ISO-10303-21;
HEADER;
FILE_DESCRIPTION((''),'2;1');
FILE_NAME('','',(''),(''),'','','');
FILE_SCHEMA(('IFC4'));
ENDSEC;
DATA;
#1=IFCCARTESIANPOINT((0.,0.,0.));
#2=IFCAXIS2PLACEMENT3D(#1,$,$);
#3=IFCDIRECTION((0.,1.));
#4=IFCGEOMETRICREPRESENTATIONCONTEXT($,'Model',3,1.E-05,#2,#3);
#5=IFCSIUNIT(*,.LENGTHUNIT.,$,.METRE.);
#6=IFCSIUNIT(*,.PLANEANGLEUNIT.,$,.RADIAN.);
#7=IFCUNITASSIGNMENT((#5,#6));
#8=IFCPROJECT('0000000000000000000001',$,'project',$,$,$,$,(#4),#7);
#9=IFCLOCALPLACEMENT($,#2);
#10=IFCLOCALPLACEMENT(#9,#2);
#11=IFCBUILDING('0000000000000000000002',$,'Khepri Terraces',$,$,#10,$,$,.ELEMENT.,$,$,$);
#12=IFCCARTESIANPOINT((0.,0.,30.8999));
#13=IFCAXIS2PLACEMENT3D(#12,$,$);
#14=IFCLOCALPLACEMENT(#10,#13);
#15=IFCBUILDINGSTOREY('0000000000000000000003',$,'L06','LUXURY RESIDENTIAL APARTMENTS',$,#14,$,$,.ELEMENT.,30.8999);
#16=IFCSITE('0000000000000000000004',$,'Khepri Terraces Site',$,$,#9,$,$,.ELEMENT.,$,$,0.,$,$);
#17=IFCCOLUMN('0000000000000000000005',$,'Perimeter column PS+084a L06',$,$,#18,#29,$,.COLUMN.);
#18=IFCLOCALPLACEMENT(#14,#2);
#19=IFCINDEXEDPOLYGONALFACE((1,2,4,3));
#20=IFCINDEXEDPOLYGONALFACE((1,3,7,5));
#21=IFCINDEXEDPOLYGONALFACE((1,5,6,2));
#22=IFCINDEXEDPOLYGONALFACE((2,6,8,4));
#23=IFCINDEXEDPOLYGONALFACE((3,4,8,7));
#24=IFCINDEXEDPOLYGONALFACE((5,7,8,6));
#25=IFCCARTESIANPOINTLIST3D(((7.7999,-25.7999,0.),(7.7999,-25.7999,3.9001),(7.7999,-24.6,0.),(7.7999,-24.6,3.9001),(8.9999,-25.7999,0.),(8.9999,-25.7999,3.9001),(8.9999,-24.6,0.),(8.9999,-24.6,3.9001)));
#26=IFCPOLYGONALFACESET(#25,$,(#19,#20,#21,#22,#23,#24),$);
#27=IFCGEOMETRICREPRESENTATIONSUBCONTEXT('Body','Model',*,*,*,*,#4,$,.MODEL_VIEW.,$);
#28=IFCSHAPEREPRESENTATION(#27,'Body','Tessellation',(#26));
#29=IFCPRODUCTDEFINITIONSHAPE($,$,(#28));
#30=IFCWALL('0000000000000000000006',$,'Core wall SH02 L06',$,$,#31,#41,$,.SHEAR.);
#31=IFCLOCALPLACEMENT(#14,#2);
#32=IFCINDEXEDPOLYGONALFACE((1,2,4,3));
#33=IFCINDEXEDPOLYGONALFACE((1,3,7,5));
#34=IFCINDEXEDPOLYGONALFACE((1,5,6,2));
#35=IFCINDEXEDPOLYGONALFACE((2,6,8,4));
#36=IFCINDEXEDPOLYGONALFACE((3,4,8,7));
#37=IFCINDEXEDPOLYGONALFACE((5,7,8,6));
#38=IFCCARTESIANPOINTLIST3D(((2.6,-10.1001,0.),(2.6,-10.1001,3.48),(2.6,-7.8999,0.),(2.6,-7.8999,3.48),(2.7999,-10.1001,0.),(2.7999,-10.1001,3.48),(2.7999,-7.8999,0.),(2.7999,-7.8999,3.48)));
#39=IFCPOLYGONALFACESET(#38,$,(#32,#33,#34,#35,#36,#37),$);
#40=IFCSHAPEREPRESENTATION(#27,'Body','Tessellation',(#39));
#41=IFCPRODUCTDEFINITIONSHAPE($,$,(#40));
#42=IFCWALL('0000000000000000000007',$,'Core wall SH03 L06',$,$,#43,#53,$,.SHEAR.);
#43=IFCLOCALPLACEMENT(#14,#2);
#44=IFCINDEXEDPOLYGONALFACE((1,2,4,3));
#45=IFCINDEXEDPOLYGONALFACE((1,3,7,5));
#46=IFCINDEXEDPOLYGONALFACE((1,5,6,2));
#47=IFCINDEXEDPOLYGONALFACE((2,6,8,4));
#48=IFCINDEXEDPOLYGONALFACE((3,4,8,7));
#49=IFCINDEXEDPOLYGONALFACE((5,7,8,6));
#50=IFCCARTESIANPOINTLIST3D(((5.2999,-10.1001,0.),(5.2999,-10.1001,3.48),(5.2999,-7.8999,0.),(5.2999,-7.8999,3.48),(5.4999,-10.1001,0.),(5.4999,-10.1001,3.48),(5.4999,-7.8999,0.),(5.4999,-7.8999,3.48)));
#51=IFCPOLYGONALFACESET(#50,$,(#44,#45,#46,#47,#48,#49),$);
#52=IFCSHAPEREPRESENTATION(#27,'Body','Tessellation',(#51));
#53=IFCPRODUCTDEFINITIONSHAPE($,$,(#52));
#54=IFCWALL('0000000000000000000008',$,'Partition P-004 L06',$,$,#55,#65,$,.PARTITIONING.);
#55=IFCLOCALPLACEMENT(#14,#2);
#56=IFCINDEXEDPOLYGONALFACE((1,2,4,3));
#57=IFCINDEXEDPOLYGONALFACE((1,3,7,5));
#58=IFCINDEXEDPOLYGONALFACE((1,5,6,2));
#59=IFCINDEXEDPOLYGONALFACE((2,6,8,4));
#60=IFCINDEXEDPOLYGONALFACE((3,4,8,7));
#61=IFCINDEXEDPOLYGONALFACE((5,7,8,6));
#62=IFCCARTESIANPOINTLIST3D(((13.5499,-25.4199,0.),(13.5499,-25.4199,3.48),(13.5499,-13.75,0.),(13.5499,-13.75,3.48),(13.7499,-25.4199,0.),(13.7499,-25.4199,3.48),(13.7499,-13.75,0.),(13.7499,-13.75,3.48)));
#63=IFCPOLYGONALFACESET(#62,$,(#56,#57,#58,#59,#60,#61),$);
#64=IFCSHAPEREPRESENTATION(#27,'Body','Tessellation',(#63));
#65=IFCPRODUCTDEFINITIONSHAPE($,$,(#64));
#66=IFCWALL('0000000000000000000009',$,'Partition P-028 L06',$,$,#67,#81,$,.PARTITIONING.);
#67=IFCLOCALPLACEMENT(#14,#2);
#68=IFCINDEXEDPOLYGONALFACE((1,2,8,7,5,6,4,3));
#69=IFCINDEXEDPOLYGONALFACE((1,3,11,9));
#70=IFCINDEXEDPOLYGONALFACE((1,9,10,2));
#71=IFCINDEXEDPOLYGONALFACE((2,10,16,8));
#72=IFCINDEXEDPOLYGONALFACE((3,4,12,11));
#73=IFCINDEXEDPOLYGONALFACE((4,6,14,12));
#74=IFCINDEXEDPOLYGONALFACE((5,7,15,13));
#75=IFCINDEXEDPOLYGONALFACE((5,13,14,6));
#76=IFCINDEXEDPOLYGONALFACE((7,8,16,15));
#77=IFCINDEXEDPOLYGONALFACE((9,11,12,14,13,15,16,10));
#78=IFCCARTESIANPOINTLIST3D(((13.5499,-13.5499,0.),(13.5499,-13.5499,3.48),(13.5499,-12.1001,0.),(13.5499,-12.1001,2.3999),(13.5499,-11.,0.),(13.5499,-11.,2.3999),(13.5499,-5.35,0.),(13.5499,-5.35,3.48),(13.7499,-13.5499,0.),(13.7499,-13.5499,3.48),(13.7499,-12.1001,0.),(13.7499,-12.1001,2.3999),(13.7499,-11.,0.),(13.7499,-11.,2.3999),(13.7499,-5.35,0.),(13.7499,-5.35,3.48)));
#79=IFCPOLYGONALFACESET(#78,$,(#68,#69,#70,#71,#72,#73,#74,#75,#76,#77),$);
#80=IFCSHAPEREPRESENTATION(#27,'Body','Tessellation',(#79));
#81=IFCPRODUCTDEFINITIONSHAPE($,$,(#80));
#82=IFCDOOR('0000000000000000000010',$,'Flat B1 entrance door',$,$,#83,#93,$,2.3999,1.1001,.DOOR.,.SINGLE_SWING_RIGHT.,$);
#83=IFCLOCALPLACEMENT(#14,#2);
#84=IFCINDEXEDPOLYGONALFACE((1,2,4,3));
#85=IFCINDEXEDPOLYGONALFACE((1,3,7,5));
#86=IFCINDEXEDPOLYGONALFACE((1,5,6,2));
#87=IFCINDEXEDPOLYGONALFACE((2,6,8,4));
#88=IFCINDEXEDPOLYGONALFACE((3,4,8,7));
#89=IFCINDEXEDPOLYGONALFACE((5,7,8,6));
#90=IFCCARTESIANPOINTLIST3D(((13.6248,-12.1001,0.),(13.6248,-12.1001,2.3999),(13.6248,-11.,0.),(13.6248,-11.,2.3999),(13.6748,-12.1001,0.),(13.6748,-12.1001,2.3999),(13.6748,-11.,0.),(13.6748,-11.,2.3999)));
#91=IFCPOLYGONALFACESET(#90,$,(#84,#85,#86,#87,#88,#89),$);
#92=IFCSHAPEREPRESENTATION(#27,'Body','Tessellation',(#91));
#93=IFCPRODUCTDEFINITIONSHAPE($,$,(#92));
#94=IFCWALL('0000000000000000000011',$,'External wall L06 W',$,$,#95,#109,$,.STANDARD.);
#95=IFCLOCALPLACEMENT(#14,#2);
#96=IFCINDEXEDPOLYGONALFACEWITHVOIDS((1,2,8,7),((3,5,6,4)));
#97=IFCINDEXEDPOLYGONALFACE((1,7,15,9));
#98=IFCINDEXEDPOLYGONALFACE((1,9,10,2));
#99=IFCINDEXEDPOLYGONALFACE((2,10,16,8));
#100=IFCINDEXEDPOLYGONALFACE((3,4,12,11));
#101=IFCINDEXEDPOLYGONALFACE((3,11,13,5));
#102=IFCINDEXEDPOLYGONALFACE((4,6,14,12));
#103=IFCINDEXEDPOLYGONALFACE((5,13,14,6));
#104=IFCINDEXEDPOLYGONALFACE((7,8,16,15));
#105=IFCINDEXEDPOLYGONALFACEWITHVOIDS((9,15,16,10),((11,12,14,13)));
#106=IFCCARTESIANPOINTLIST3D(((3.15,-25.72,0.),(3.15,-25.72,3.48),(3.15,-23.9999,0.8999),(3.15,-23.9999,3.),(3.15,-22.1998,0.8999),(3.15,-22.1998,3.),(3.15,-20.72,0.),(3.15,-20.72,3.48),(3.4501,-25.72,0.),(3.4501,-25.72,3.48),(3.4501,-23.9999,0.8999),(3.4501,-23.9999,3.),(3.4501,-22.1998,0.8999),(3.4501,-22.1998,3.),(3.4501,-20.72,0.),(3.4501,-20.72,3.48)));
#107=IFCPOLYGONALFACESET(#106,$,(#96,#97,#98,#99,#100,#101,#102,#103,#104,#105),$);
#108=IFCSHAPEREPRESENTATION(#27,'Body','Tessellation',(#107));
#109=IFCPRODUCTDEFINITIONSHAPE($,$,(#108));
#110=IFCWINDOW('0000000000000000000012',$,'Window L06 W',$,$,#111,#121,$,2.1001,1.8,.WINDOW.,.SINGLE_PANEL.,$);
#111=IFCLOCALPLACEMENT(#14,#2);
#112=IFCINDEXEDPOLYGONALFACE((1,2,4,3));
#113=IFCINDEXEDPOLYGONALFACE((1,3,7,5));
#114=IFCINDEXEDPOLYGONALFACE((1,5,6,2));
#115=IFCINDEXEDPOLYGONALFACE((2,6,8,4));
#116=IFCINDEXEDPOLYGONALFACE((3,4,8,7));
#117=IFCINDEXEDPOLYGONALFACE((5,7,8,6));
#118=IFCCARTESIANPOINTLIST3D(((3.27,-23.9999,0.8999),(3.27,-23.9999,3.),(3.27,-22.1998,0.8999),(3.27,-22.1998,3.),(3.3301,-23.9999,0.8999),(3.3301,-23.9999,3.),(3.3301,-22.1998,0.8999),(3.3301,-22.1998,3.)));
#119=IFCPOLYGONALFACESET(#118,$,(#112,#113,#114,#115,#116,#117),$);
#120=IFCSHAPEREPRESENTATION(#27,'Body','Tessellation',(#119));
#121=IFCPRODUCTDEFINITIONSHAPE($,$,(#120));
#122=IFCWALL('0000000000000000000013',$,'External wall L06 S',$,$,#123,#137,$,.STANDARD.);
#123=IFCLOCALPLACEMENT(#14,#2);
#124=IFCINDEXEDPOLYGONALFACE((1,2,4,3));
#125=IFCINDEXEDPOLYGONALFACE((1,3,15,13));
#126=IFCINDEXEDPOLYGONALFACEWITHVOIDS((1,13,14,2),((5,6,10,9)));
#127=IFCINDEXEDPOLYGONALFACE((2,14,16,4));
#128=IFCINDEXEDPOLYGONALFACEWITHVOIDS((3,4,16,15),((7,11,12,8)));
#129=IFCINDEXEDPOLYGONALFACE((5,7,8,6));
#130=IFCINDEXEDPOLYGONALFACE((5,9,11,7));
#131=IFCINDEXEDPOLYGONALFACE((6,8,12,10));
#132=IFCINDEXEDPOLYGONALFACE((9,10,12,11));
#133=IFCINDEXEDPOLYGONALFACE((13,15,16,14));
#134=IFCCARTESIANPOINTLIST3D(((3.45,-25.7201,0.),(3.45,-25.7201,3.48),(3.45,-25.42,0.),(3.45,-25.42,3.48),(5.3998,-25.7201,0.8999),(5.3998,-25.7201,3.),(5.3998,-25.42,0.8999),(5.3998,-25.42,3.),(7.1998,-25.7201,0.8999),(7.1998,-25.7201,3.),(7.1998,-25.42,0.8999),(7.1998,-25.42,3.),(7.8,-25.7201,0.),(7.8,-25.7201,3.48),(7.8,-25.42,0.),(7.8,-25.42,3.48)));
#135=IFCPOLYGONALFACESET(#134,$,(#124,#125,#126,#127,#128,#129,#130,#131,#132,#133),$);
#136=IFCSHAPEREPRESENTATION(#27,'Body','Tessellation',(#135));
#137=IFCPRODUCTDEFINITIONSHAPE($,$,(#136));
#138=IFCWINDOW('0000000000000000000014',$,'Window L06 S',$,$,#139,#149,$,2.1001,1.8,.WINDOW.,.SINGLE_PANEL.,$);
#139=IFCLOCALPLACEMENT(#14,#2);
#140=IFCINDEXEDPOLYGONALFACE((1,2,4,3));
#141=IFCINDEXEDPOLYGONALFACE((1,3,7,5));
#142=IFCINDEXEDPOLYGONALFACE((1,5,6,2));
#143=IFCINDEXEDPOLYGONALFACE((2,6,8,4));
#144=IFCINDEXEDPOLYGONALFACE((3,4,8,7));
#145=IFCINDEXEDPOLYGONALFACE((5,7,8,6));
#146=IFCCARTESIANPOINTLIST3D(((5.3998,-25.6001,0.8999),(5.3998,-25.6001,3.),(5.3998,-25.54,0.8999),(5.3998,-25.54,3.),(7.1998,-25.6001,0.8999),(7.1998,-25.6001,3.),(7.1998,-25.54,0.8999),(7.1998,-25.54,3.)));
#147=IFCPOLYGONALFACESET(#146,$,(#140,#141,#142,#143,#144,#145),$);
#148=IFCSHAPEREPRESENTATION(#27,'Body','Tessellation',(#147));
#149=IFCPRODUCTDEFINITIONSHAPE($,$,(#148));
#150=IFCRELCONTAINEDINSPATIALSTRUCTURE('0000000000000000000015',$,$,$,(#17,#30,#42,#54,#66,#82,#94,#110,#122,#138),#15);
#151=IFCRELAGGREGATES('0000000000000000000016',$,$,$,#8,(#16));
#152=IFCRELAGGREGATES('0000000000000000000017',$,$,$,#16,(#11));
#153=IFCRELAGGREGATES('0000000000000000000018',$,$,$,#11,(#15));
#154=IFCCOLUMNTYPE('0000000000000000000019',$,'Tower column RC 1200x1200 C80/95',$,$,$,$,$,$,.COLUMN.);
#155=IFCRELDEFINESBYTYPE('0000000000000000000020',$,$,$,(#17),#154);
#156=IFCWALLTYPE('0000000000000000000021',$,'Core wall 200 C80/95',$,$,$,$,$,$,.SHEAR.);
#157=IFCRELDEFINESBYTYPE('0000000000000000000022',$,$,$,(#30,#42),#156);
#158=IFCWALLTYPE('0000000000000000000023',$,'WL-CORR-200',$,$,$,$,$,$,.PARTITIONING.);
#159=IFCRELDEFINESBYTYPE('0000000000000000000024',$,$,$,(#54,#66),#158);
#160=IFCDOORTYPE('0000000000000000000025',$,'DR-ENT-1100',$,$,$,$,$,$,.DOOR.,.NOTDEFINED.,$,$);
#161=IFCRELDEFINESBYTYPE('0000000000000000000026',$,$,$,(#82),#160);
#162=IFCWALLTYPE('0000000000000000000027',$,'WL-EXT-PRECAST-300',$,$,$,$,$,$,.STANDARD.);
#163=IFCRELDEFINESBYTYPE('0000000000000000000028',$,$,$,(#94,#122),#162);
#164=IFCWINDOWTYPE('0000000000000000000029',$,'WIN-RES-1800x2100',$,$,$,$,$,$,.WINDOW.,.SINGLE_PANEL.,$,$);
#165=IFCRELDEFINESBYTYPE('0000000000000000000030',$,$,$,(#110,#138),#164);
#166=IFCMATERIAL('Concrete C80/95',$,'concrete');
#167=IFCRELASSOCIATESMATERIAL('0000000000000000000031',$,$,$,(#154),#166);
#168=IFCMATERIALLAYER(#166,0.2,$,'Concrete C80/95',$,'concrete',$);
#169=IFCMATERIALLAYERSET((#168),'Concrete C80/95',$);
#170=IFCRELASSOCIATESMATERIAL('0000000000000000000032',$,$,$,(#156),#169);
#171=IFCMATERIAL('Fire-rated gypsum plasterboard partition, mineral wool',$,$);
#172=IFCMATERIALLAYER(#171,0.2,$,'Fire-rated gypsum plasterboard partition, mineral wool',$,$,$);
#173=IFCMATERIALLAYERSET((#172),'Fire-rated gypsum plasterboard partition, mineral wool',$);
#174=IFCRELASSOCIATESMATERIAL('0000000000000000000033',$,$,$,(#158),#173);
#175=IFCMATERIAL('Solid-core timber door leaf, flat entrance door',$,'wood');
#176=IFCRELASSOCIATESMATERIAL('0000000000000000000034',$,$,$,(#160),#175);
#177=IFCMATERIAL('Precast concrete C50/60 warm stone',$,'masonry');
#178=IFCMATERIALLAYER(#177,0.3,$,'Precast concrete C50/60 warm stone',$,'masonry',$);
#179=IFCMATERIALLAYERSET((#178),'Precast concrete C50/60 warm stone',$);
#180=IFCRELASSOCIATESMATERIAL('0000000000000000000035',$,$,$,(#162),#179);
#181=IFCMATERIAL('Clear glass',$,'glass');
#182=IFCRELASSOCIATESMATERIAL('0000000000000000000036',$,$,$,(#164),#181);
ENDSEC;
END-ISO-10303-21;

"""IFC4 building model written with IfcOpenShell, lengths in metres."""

from ifc_helpers import new_model, si_unit, direction, frame, frame_2d, origin, origin_2d, place, context, subcontext, project, spatial, rectangle, extrude, material, layer, layer_set, material_profile, profile_set, type_object, element, fill, save


model = new_model("IFC4")

# Units and contexts
model_context = context("Model", 3, precision=1e-05, world=origin(), true_north=direction((0.0, 1.0)))
body_context = subcontext(model_context, "Body", "Model", "MODEL_VIEW")
ifc_project = project(units=[si_unit("LENGTHUNIT", "METRE"), si_unit("PLANEANGLEUNIT", "RADIAN")], contexts=[model_context])

# Site, building, storey
site_placement = place(None, origin())
site = spatial("IfcSite", under=ifc_project, at=site_placement, Name="Khepri Terraces Site", CompositionType="ELEMENT", RefElevation=0.0)
building_placement = place(site_placement, origin())
building = spatial("IfcBuilding", under=site, at=building_placement, Name="Khepri Terraces", CompositionType="ELEMENT")
storey_placement = place(building_placement, frame((0.0, 0.0, 30.8999)))
storey = spatial("IfcBuildingStorey", under=building, at=storey_placement, Name="L06", Description="LUXURY RESIDENTIAL APARTMENTS", CompositionType="ELEMENT", Elevation=30.8999)

# Column
ifc_material_1 = material(Name="Concrete C80/95", Category="concrete")
ifc_material_profile = material_profile(ifc_material_1, rectangle(XDim=1.2, YDim=1.2, at=origin_2d()), Name="Concrete C80/95", Category="concrete")
ifc_profile_set = profile_set([ifc_material_profile], Name="Concrete C80/95")
column_type = type_object("IfcColumnType", Name="Tower column RC 1200x1200 C80/95", PredefinedType="COLUMN", material=ifc_profile_set)
column_placement = place(storey_placement, frame((8.3999, -25.2, 0.0), z_axis=(0.0, 0.0, 1.0), x_axis=(1.0, 0.0, 0.0)))
element("IfcColumn", 1, at=column_placement, inside=storey, type_object=column_type, Name="Perimeter column PS+084a L06", PredefinedType="COLUMN", context=body_context, shape_type="SweptSolid", body=[
    extrude(rectangle(XDim=1.2, YDim=1.2, at=origin_2d()), origin(), (0.0, 0.0, 1.0), 3.9001),
])

# Walls
ifc_layer_1 = layer(ifc_material_1, 0.2, Name="Concrete C80/95", Category="concrete")
ifc_layer_set_1 = layer_set([ifc_layer_1], Name="Concrete C80/95")
wall_type_1 = type_object("IfcWallType", Name="Core wall 200 C80/95", PredefinedType="SHEAR", material=ifc_layer_set_1)
for number, where, z_axis, x_axis, name in (
    (2, (2.7, -10.1001, 0.0), (0.0, 0.0, 1.0), (0.0, 1.0, 0.0), "Core wall SH02 L06"),
    (3, (5.3999, -10.1001, 0.0), (0.0, 0.0, 1.0), (0.0, 1.0, 0.0), "Core wall SH03 L06"),
):
    element("IfcWall", number, at=place(storey_placement, frame(where, z_axis=z_axis, x_axis=x_axis)), inside=storey, type_object=wall_type_1, Name=name, PredefinedType="SHEAR", context=body_context, shape_type="SweptSolid", body=[
        extrude(rectangle(XDim=2.2002, YDim=0.2, at=frame_2d((1.1001, 0.0))), origin(), (0.0, 0.0, 1.0), 3.48),
    ])
ifc_material_2 = material(Name="Fire-rated gypsum plasterboard partition, mineral wool")
ifc_layer_2 = layer(ifc_material_2, 0.2, Name="Fire-rated gypsum plasterboard partition, mineral wool")
ifc_layer_set_2 = layer_set([ifc_layer_2], Name="Fire-rated gypsum plasterboard partition, mineral wool")
wall_type_2 = type_object("IfcWallType", Name="WL-CORR-200", PredefinedType="PARTITIONING", material=ifc_layer_set_2)
wall_1_placement = place(storey_placement, frame((13.6499, -25.4199, 0.0), z_axis=(0.0, 0.0, 1.0), x_axis=(0.0, 1.0, 0.0)))
element("IfcWall", 4, at=wall_1_placement, inside=storey, type_object=wall_type_2, Name="Partition P-004 L06", PredefinedType="PARTITIONING", context=body_context, shape_type="SweptSolid", body=[
    extrude(rectangle(XDim=11.6699, YDim=0.2, at=frame_2d((5.835, 0.0))), origin(), (0.0, 0.0, 1.0), 3.48),
])

# Wall, opening, door
wall_2_placement = place(storey_placement, frame((13.6499, -13.55, 0.0), z_axis=(0.0, 0.0, 1.0), x_axis=(0.0, 1.0, 0.0)))
wall_2 = element("IfcWall", 5, at=wall_2_placement, inside=storey, type_object=wall_type_2, Name="Partition P-028 L06", PredefinedType="PARTITIONING", context=body_context, shape_type="SweptSolid", body=[
    extrude(rectangle(XDim=8.2, YDim=0.2, at=frame_2d((4.1001, 0.0))), origin(), (0.0, 0.0, 1.0), 3.48),
])
opening_1_placement = place(wall_2_placement, frame((1.45, 0.0, 0.0)))
opening_1 = element("IfcOpeningElement", 6, at=opening_1_placement, cuts=wall_2, PredefinedType="OPENING", context=body_context, shape_type="SweptSolid", body=[
    extrude(rectangle(XDim=1.1001, YDim=2.3999, at=frame_2d((0.55, 1.2))), frame((0.0, 0.1099, 0.0), z_axis=(0.0, -1.0, 0.0), x_axis=(1.0, 0.0, 0.0)), (0.0, 0.0, 1.0), 0.22),
])
ifc_material_3 = material(Name="Solid-core timber door leaf, flat entrance door", Category="wood")
door_type_1 = type_object("IfcDoorType", Name="DR-ENT-1100", OperationType="NOTDEFINED", PredefinedType="DOOR", material=ifc_material_3)
door_1_placement = place(opening_1_placement, frame((1.1001, 0.0, 0.0), z_axis=(0.0, 0.0, 1.0), x_axis=(-1.0, 0.0, 0.0)))
door_1 = element("IfcDoor", 7, at=door_1_placement, inside=storey, type_object=door_type_1, Name="Flat B1 entrance door", OperationType="SINGLE_SWING_RIGHT", OverallHeight=2.3999, OverallWidth=1.1001, PredefinedType="DOOR", context=body_context, shape_type="SweptSolid", body=[
    extrude(rectangle(XDim=1.1001, YDim=2.3999, at=frame_2d((0.55, 1.2))), frame((0.0, 0.0249, 0.0), z_axis=(0.0, -1.0, 0.0), x_axis=(1.0, 0.0, 0.0)), (0.0, 0.0, 1.0), 0.05),
])
fill(opening_1, door_1)

# Walls, openings, windows
ifc_material_4 = material(Name="Precast concrete C50/60 warm stone", Category="masonry")
ifc_layer_3 = layer(ifc_material_4, 0.3, Name="Precast concrete C50/60 warm stone", Category="masonry")
ifc_layer_set_3 = layer_set([ifc_layer_3], Name="Precast concrete C50/60 warm stone")
wall_type_3 = type_object("IfcWallType", Name="WL-EXT-PRECAST-300", PredefinedType="STANDARD", material=ifc_layer_set_3)
wall_3_placement = place(storey_placement, frame((3.3, -20.72, 0.0), z_axis=(0.0, 0.0, 1.0), x_axis=(0.0, -1.0, 0.0)))
wall_3 = element("IfcWall", 8, at=wall_3_placement, inside=storey, type_object=wall_type_3, Name="External wall L06 W", PredefinedType="STANDARD", context=body_context, shape_type="SweptSolid", body=[
    extrude(rectangle(XDim=5.0, YDim=0.3, at=frame_2d((2.5, 0.0))), origin(), (0.0, 0.0, 1.0), 3.48),
])
opening_2_placement = place(wall_3_placement, frame((1.48, 0.0, 0.8999)))
opening_2 = element("IfcOpeningElement", 9, at=opening_2_placement, cuts=wall_3, PredefinedType="OPENING", context=body_context, shape_type="SweptSolid", body=[
    extrude(rectangle(XDim=1.8, YDim=2.1001, at=frame_2d((0.8999, 1.05))), frame((0.0, 0.1602, 0.0), z_axis=(0.0, -1.0, 0.0), x_axis=(1.0, 0.0, 0.0)), (0.0, 0.0, 1.0), 0.3201),
])
ifc_material_5 = material(Name="Clear glass", Category="glass")
window_type_1 = type_object("IfcWindowType", Name="WIN-RES-1800x2100", PartitioningType="SINGLE_PANEL", PredefinedType="WINDOW", material=ifc_material_5)
window_1_placement = place(opening_2_placement, origin())
window_1 = element("IfcWindow", 10, at=window_1_placement, inside=storey, type_object=window_type_1, Name="Window L06 W", OverallHeight=2.1001, OverallWidth=1.8, PartitioningType="SINGLE_PANEL", PredefinedType="WINDOW", context=body_context, shape_type="SweptSolid", body=[
    extrude(rectangle(XDim=1.8, YDim=2.1001, at=frame_2d((0.8999, 1.05))), frame((0.0, 0.03, 0.0), z_axis=(0.0, -1.0, 0.0), x_axis=(1.0, 0.0, 0.0)), (0.0, 0.0, 1.0), 0.0601),
])
fill(opening_2, window_1)
wall_4_placement = place(storey_placement, frame((3.45, -25.5701, 0.0), z_axis=(0.0, 0.0, 1.0), x_axis=(1.0, 0.0, 0.0)))
wall_4 = element("IfcWall", 11, at=wall_4_placement, inside=storey, type_object=wall_type_3, Name="External wall L06 S", PredefinedType="STANDARD", context=body_context, shape_type="SweptSolid", body=[
    extrude(rectangle(XDim=4.3501, YDim=0.3, at=frame_2d((2.175, 0.0))), origin(), (0.0, 0.0, 1.0), 3.48),
])
opening_3_placement = place(wall_4_placement, frame((1.95, 0.0, 0.8999)))
opening_3 = element("IfcOpeningElement", 12, at=opening_3_placement, cuts=wall_4, PredefinedType="OPENING", context=body_context, shape_type="SweptSolid", body=[
    extrude(rectangle(XDim=1.8, YDim=2.1001, at=frame_2d((0.8999, 1.05))), frame((0.0, 0.1602, 0.0), z_axis=(0.0, -1.0, 0.0), x_axis=(1.0, 0.0, 0.0)), (0.0, 0.0, 1.0), 0.3201),
])
window_2_placement = place(opening_3_placement, origin())
window_2 = element("IfcWindow", 13, at=window_2_placement, inside=storey, type_object=window_type_1, Name="Window L06 S", OverallHeight=2.1001, OverallWidth=1.8, PartitioningType="SINGLE_PANEL", PredefinedType="WINDOW", context=body_context, shape_type="SweptSolid", body=[
    extrude(rectangle(XDim=1.8, YDim=2.1001, at=frame_2d((0.8999, 1.05))), frame((0.0, 0.03, 0.0), z_axis=(0.0, -1.0, 0.0), x_axis=(1.0, 0.0, 0.0)), (0.0, 0.0, 1.0), 0.0601),
])
fill(opening_3, window_2)

save(model, "model.ifc")
